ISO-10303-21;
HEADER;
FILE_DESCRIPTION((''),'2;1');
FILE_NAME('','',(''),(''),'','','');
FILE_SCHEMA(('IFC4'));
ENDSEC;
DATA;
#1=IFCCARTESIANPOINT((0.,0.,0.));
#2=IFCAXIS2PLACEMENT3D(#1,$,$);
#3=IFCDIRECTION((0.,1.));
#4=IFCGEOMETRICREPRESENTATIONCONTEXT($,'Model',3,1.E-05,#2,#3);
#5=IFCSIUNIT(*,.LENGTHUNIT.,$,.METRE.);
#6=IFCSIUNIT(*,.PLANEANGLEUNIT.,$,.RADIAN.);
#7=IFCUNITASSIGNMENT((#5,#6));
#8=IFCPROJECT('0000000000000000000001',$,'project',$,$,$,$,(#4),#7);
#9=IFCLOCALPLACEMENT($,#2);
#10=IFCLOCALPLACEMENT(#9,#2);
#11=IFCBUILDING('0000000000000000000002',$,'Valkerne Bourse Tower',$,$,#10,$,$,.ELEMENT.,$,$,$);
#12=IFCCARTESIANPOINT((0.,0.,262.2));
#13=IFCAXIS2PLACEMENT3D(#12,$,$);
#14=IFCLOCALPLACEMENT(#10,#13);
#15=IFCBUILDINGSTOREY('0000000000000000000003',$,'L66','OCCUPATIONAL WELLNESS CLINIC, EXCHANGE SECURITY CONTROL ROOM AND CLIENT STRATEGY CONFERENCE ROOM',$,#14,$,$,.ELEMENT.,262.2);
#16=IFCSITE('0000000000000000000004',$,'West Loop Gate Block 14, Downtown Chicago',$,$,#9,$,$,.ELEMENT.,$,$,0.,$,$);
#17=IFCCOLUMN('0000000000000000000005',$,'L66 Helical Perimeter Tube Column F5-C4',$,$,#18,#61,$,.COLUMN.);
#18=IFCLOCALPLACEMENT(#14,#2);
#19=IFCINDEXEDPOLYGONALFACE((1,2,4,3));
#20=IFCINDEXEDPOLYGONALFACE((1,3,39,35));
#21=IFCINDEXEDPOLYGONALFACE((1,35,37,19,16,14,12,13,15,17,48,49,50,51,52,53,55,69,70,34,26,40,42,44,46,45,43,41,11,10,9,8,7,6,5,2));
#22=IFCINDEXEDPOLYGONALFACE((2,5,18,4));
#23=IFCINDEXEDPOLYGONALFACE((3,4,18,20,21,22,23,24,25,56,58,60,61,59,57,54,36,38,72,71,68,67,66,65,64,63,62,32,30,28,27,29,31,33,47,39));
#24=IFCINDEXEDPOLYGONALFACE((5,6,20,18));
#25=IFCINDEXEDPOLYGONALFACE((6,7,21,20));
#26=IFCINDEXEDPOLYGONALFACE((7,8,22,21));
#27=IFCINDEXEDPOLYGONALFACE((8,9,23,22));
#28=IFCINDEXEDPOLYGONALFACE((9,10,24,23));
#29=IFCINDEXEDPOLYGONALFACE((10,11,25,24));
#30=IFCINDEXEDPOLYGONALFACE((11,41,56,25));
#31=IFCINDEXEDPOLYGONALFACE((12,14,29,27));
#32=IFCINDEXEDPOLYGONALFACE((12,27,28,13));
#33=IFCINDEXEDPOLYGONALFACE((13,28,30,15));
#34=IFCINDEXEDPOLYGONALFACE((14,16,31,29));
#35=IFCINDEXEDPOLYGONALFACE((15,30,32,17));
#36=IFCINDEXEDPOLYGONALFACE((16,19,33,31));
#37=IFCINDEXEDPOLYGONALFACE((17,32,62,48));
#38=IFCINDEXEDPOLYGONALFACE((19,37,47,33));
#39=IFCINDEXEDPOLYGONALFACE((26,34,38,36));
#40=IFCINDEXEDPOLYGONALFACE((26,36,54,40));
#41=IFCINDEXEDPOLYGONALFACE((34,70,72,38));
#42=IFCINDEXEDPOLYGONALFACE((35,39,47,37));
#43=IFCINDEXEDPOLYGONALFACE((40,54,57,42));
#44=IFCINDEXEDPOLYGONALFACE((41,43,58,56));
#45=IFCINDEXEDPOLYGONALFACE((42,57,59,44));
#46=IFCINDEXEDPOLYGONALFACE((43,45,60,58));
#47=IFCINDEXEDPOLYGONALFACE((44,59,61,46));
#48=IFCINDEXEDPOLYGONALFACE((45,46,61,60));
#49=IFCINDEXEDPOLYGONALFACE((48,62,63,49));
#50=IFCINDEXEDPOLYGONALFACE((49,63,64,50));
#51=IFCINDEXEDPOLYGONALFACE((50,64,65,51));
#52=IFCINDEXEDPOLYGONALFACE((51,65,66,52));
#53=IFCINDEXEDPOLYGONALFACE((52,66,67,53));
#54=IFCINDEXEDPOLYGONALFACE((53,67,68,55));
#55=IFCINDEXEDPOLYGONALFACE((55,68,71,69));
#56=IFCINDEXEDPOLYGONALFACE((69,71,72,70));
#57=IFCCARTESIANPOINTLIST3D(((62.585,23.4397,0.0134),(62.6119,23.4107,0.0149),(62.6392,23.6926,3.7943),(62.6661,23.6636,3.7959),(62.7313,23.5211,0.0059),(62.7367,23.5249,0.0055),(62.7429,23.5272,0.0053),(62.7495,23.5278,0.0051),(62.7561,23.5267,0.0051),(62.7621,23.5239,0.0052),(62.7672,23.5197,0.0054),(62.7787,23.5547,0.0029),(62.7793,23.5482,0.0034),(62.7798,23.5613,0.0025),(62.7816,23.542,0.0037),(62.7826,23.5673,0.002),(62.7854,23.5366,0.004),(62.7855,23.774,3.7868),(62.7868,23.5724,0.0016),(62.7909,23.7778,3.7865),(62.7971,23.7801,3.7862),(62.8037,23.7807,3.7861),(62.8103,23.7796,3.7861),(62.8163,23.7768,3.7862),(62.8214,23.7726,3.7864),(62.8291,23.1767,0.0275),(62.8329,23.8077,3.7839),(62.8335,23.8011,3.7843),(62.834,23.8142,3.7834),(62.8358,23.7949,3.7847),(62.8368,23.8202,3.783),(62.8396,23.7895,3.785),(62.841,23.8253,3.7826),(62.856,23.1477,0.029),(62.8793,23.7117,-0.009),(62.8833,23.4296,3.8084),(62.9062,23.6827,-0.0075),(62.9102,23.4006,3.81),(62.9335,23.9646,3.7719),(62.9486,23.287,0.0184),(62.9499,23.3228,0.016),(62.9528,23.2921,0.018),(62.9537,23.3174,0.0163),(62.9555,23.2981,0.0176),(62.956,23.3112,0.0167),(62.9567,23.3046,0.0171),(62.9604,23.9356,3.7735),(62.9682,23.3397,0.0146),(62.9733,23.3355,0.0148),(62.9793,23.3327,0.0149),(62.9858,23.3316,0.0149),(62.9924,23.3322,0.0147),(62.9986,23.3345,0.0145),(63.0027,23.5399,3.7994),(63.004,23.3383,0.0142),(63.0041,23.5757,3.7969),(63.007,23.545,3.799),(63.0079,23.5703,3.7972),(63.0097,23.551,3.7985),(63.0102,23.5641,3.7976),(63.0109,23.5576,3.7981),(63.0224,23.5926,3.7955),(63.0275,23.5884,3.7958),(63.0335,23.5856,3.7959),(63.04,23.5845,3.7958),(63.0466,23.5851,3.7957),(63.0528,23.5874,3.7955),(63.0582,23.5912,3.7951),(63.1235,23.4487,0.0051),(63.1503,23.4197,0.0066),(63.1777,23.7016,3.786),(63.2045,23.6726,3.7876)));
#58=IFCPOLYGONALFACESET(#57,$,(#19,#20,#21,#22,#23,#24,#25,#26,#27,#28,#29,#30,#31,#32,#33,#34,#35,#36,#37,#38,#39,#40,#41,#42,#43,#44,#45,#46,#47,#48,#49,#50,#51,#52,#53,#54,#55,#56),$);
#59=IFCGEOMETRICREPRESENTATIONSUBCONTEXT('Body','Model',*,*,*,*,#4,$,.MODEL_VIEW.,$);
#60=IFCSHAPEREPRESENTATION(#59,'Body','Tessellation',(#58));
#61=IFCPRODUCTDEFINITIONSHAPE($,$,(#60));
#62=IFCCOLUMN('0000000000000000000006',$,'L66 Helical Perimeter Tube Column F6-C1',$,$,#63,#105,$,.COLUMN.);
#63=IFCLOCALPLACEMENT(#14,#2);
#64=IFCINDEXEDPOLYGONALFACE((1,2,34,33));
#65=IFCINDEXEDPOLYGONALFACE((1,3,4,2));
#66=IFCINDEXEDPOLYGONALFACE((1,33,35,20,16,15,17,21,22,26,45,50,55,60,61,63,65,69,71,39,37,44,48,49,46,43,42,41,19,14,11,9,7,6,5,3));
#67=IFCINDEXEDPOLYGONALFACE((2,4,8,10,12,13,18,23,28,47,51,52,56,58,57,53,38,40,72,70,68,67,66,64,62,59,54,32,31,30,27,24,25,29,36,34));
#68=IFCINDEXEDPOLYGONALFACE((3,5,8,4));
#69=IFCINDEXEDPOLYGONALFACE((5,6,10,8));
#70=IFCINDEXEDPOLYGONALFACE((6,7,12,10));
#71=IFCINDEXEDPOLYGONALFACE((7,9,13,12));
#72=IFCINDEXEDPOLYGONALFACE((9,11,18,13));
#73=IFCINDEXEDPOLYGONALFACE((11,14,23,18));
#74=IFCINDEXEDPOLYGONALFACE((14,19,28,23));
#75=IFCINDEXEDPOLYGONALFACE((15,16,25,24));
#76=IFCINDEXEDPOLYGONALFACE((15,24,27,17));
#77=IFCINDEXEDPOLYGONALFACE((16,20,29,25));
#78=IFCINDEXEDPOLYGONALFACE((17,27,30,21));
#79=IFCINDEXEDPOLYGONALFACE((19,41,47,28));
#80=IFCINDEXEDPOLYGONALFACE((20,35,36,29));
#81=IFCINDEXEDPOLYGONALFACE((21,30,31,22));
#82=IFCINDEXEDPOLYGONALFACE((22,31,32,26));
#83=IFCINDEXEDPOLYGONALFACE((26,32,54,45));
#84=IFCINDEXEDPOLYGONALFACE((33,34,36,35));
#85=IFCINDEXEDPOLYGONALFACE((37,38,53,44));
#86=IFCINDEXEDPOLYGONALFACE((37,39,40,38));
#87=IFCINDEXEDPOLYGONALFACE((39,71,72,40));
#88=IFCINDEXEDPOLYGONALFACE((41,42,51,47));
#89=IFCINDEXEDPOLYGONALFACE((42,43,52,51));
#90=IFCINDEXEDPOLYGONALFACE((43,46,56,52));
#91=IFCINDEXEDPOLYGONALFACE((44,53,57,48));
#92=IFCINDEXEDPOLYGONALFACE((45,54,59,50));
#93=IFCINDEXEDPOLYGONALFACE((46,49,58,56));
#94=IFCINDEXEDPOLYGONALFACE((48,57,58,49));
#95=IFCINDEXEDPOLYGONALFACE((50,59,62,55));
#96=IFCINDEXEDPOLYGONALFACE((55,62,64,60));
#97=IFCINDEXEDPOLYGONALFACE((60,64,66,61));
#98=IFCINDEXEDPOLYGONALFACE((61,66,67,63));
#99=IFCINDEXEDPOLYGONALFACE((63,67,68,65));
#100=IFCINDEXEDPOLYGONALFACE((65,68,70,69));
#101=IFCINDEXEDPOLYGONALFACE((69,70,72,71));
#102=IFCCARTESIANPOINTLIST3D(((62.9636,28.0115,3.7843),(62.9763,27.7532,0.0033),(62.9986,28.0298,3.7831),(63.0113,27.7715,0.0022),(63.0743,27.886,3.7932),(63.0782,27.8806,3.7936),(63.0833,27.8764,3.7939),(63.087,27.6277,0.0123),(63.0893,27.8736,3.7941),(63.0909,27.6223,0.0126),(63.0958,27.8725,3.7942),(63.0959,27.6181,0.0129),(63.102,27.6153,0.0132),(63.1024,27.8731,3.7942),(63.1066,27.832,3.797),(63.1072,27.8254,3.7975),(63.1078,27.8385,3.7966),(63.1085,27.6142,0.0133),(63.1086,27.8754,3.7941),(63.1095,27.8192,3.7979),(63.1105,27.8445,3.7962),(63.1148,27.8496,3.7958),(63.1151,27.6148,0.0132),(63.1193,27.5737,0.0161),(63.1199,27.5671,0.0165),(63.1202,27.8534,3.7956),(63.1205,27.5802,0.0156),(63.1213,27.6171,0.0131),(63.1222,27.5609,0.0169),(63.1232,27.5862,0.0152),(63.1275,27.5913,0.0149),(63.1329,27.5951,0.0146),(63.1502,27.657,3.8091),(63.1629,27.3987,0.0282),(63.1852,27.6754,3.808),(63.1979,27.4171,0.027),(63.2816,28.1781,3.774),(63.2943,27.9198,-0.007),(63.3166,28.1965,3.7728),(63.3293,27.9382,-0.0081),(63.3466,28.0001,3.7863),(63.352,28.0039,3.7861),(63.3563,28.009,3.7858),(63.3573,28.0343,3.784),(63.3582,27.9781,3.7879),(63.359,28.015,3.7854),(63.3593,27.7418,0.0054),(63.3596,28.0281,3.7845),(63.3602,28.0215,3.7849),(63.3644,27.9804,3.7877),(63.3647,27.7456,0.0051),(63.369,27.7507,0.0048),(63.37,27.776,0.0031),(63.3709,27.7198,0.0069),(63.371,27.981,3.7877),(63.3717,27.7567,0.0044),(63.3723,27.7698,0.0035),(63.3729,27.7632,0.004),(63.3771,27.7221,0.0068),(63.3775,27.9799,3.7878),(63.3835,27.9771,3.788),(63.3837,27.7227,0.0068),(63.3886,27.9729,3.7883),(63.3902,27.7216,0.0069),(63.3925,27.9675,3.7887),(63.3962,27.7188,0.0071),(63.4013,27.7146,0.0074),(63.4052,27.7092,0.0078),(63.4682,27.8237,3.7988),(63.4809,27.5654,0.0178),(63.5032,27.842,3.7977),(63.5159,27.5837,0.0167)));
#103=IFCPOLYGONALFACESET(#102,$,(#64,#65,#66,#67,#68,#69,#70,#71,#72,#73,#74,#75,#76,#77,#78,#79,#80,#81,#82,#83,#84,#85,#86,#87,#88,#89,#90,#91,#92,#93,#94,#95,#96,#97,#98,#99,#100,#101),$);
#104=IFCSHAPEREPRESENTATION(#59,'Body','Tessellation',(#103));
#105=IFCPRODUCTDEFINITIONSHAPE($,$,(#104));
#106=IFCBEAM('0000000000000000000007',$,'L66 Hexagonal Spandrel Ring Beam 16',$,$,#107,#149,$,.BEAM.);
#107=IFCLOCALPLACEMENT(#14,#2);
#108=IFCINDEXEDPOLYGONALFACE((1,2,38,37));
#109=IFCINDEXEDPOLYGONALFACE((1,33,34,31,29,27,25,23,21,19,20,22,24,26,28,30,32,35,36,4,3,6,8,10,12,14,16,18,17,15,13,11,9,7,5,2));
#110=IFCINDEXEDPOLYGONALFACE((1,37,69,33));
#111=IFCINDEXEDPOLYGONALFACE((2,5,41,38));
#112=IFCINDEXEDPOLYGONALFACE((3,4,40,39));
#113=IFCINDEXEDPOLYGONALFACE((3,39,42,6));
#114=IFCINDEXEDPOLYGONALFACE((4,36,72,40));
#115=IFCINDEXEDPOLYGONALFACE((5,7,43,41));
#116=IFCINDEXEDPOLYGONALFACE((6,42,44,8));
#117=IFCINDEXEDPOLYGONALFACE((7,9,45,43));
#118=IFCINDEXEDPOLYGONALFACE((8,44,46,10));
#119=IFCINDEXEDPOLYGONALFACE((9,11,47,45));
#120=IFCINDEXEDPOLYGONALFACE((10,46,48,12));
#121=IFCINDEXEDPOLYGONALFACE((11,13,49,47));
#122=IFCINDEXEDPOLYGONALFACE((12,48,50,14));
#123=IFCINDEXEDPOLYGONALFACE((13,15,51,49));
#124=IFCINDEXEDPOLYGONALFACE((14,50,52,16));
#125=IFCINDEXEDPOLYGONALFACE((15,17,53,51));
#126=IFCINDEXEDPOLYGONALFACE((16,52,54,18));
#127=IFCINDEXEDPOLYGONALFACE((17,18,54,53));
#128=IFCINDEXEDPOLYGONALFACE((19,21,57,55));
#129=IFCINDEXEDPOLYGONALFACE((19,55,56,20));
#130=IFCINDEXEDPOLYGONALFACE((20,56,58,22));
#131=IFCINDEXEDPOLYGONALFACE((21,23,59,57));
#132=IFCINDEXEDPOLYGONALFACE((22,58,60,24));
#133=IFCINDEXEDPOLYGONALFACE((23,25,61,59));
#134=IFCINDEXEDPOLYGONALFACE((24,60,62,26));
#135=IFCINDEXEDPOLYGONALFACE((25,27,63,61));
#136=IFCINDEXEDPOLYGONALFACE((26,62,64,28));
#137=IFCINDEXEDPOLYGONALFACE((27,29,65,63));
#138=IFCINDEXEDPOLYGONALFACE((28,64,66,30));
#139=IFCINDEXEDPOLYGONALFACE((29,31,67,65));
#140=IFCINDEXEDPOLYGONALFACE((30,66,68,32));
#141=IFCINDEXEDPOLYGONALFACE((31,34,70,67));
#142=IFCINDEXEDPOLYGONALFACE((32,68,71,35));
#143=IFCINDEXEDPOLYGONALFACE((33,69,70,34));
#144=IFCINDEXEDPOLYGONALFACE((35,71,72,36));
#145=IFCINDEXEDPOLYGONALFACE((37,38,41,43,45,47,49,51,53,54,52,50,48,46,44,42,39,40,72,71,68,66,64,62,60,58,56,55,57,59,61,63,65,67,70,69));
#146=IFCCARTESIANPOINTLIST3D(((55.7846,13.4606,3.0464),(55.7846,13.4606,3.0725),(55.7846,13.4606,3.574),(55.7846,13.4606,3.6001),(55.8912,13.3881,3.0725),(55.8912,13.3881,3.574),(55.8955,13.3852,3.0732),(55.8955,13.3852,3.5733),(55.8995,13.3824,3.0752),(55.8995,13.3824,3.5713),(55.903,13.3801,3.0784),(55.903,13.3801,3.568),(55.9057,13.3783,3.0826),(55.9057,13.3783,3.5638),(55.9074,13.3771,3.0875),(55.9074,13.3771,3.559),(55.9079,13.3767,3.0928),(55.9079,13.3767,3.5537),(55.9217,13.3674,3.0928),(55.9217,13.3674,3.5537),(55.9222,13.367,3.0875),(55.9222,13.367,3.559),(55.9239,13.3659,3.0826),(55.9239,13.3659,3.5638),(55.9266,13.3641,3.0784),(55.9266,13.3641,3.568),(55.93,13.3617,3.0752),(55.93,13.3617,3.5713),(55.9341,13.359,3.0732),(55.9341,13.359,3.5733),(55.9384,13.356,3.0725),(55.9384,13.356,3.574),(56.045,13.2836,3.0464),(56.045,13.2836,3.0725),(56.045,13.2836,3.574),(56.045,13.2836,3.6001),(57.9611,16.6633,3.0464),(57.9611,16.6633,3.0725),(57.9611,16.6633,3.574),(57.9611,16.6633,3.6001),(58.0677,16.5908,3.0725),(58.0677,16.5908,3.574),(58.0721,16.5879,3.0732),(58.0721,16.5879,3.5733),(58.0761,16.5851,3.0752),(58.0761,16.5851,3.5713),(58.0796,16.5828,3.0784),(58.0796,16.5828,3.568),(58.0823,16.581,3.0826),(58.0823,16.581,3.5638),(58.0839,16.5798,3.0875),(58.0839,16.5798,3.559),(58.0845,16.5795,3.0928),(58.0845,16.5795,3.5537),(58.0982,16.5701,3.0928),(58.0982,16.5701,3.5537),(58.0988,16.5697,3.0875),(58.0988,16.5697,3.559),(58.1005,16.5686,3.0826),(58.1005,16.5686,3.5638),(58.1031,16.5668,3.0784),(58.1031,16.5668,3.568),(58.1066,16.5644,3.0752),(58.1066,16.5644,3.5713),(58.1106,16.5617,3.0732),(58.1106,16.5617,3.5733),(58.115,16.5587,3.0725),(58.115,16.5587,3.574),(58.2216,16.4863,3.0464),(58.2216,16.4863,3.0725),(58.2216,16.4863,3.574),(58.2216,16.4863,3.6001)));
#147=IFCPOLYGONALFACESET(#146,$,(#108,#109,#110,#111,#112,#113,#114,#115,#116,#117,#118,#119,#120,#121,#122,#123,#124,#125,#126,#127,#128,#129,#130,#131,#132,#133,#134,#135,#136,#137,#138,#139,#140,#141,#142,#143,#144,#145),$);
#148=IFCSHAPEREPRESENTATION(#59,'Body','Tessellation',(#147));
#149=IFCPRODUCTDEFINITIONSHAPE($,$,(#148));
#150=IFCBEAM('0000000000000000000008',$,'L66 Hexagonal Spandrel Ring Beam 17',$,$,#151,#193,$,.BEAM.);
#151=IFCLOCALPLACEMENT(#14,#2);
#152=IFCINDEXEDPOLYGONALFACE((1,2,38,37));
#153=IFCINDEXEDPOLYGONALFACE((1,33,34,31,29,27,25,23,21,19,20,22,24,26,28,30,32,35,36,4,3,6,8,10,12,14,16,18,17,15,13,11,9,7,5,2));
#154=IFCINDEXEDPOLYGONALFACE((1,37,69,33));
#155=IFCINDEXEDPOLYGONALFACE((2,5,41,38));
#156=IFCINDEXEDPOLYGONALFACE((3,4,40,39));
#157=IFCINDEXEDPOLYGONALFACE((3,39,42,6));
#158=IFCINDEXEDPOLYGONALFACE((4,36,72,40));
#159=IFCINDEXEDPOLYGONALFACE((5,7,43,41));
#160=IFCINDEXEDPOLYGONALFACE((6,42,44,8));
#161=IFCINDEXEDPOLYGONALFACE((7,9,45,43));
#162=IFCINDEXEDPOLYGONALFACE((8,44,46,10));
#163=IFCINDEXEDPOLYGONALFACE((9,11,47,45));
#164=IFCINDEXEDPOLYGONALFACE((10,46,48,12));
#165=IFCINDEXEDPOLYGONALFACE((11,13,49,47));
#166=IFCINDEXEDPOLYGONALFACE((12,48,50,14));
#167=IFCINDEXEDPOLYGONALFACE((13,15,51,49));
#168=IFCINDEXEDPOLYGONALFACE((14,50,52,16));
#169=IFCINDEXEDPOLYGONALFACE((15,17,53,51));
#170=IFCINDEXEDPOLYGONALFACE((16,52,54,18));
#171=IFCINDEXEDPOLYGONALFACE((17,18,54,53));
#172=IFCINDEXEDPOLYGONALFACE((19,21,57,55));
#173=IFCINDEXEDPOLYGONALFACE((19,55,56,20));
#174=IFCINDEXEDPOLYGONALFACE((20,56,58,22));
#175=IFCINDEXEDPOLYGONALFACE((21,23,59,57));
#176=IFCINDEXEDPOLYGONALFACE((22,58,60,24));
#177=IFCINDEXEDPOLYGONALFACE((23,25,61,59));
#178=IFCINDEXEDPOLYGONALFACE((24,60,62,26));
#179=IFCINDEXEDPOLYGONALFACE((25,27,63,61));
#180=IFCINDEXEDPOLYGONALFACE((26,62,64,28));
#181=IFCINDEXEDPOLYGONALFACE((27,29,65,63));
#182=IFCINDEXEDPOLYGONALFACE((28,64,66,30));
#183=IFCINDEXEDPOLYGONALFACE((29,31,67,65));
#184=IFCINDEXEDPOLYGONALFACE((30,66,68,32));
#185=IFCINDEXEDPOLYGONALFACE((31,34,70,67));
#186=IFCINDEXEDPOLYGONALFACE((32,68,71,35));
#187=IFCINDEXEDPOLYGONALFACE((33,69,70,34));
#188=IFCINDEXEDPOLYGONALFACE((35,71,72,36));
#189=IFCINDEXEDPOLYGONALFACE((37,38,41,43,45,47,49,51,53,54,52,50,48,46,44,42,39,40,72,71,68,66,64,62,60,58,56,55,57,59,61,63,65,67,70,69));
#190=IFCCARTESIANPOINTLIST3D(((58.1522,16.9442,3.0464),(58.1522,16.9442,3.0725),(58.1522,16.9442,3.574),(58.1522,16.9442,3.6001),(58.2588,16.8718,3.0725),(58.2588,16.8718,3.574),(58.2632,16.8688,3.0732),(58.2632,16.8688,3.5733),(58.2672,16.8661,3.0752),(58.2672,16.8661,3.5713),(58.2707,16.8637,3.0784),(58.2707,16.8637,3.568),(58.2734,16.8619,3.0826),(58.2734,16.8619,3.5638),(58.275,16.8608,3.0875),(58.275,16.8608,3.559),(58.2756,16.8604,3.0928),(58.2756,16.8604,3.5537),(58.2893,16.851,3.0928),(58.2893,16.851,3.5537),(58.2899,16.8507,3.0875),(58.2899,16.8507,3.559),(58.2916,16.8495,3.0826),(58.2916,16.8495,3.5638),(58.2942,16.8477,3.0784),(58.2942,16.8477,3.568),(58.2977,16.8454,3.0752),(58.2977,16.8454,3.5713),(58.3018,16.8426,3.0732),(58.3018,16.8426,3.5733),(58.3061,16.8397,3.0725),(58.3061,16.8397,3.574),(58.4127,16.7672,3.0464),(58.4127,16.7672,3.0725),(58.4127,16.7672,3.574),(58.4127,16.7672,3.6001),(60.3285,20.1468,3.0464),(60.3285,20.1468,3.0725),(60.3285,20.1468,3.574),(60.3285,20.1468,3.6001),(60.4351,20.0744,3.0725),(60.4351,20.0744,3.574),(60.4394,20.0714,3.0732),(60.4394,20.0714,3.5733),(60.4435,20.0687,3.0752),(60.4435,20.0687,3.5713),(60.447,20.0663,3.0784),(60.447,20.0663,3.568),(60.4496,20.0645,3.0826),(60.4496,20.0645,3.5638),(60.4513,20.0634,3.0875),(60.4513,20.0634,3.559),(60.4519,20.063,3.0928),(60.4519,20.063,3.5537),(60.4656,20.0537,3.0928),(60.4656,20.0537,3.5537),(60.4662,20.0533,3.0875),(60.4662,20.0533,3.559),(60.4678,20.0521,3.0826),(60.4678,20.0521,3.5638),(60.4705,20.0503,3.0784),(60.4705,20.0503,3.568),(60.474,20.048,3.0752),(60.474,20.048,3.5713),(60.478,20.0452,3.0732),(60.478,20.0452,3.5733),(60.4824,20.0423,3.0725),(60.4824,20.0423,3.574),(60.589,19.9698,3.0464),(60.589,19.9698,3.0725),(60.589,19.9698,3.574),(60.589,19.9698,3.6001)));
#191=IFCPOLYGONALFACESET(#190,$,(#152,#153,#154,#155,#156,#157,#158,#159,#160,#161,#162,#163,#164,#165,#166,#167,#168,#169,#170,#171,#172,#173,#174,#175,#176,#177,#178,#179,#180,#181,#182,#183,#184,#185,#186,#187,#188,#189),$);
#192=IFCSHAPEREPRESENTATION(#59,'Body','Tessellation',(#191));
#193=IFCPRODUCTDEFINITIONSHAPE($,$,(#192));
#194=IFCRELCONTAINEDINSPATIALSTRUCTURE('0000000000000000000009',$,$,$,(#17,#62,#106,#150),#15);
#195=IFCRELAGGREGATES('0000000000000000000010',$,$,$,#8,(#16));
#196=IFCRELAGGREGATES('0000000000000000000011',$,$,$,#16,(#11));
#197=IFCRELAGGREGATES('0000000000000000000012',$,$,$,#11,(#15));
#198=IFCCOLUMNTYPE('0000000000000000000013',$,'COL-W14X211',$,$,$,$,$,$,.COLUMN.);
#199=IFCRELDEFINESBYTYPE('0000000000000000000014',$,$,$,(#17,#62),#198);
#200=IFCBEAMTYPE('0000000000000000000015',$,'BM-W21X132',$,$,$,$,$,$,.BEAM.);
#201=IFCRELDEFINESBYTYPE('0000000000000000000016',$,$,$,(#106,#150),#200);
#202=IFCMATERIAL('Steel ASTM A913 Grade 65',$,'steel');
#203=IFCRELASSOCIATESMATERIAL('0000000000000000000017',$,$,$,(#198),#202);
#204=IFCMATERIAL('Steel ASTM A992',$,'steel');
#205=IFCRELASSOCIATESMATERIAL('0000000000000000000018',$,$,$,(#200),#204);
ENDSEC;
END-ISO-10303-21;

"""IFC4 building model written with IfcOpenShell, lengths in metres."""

from ifc_helpers import new_model, si_unit, direction, frame, origin, origin_2d, place, context, subcontext, project, spatial, i_section, extrude, material, material_profile, profile_set, type_object, element, save


model = new_model("IFC4")

# Units and contexts
model_context = context("Model", 3, precision=1e-05, world=origin(), true_north=direction((0.0, 1.0)))
body_context = subcontext(model_context, "Body", "Model", "MODEL_VIEW")
ifc_project = project(units=[si_unit("LENGTHUNIT", "METRE"), si_unit("PLANEANGLEUNIT", "RADIAN")], contexts=[model_context])

# Site, building, storey
site_placement = place(None, origin())
site = spatial("IfcSite", under=ifc_project, at=site_placement, Name="West Loop Gate Block 14, Downtown Chicago", CompositionType="ELEMENT", RefElevation=0.0)
building_placement = place(site_placement, origin())
building = spatial("IfcBuilding", under=site, at=building_placement, Name="Valkerne Bourse Tower", CompositionType="ELEMENT")
storey_placement = place(building_placement, frame((0.0, 0.0, 262.2)))
storey = spatial("IfcBuildingStorey", under=building, at=storey_placement, Name="L66", Description="OCCUPATIONAL WELLNESS CLINIC, EXCHANGE SECURITY CONTROL ROOM AND CLIENT STRATEGY CONFERENCE ROOM", CompositionType="ELEMENT", Elevation=262.2)

# Columns
ifc_material_1 = material(Name="Steel ASTM A913 Grade 65", Category="steel")
ifc_material_profile_1 = material_profile(ifc_material_1, i_section(OverallWidth=0.4014, OverallDepth=0.3987, WebThickness=0.0249, FlangeThickness=0.0396, FilletRadius=0.0254, at=origin_2d()), Name="W14X211")
ifc_profile_set_1 = profile_set([ifc_material_profile_1], Name="Steel ASTM A913 Grade 65")
column_type_1 = type_object("IfcColumnType", Name="COL-W14X211", PredefinedType="COLUMN", material=ifc_profile_set_1)
for number, where, z_axis, x_axis, name in (
    (1, (62.8677, 23.4297, 0.01), (0.014301, 0.066739, 0.997668), (-0.733268, -0.677643, 0.055842), "L66 Helical Perimeter Tube Column F5-C4"),
    (2, (63.2461, 27.6685, 0.01), (-0.00335, 0.068156, 0.997669), (0.464951, -0.88317, 0.061895), "L66 Helical Perimeter Tube Column F6-C1"),
):
    element("IfcColumn", number, at=place(storey_placement, frame(where, z_axis=z_axis, x_axis=x_axis)), inside=storey, type_object=column_type_1, Name=name, PredefinedType="COLUMN", context=body_context, shape_type="SweptSolid", body=[
        extrude(i_section(OverallWidth=0.4014, OverallDepth=0.3987, WebThickness=0.0249, FlangeThickness=0.0396, FilletRadius=0.0254, at=origin_2d()), origin(), (0.0, 0.0, 1.0), 3.7898),
    ])

# Beams
ifc_material_2 = material(Name="Steel ASTM A992", Category="steel")
ifc_material_profile_2 = material_profile(ifc_material_2, i_section(OverallWidth=0.3149, OverallDepth=0.5537, WebThickness=0.0166, FlangeThickness=0.0261, FilletRadius=0.0203, at=origin_2d()), Name="W21X132")
ifc_profile_set_2 = profile_set([ifc_material_profile_2], Name="Steel ASTM A992")
beam_type_1 = type_object("IfcBeamType", Name="BM-W21X132", PredefinedType="BEAM", material=ifc_profile_set_2)
beam_1_placement = place(storey_placement, frame((55.9148, 13.3721, 3.3232), z_axis=(0.562084, 0.82708, 0.0), x_axis=(-0.82708, 0.562084, 0.0)))
element("IfcBeam", 3, at=beam_1_placement, inside=storey, type_object=beam_type_1, Name="L66 Hexagonal Spandrel Ring Beam 16", PredefinedType="BEAM", context=body_context, shape_type="SweptSolid", body=[
    extrude(i_section(OverallWidth=0.3149, OverallDepth=0.5537, WebThickness=0.0166, FlangeThickness=0.0261, FilletRadius=0.0203, at=origin_2d()), origin(), (0.0, 0.0, 1.0), 3.8723),
])
beam_2_placement = place(storey_placement, frame((58.2825, 16.8557, 3.3232), z_axis=(0.562041, 0.827109, 0.0), x_axis=(-0.827109, 0.562041, 0.0)))
element("IfcBeam", 4, at=beam_2_placement, inside=storey, type_object=beam_type_1, Name="L66 Hexagonal Spandrel Ring Beam 17", PredefinedType="BEAM", context=body_context, shape_type="SweptSolid", body=[
    extrude(i_section(OverallWidth=0.3149, OverallDepth=0.5537, WebThickness=0.0166, FlangeThickness=0.0261, FilletRadius=0.0203, at=origin_2d()), origin(), (0.0, 0.0, 1.0), 3.8721),
])

save(model, "model.ifc")
